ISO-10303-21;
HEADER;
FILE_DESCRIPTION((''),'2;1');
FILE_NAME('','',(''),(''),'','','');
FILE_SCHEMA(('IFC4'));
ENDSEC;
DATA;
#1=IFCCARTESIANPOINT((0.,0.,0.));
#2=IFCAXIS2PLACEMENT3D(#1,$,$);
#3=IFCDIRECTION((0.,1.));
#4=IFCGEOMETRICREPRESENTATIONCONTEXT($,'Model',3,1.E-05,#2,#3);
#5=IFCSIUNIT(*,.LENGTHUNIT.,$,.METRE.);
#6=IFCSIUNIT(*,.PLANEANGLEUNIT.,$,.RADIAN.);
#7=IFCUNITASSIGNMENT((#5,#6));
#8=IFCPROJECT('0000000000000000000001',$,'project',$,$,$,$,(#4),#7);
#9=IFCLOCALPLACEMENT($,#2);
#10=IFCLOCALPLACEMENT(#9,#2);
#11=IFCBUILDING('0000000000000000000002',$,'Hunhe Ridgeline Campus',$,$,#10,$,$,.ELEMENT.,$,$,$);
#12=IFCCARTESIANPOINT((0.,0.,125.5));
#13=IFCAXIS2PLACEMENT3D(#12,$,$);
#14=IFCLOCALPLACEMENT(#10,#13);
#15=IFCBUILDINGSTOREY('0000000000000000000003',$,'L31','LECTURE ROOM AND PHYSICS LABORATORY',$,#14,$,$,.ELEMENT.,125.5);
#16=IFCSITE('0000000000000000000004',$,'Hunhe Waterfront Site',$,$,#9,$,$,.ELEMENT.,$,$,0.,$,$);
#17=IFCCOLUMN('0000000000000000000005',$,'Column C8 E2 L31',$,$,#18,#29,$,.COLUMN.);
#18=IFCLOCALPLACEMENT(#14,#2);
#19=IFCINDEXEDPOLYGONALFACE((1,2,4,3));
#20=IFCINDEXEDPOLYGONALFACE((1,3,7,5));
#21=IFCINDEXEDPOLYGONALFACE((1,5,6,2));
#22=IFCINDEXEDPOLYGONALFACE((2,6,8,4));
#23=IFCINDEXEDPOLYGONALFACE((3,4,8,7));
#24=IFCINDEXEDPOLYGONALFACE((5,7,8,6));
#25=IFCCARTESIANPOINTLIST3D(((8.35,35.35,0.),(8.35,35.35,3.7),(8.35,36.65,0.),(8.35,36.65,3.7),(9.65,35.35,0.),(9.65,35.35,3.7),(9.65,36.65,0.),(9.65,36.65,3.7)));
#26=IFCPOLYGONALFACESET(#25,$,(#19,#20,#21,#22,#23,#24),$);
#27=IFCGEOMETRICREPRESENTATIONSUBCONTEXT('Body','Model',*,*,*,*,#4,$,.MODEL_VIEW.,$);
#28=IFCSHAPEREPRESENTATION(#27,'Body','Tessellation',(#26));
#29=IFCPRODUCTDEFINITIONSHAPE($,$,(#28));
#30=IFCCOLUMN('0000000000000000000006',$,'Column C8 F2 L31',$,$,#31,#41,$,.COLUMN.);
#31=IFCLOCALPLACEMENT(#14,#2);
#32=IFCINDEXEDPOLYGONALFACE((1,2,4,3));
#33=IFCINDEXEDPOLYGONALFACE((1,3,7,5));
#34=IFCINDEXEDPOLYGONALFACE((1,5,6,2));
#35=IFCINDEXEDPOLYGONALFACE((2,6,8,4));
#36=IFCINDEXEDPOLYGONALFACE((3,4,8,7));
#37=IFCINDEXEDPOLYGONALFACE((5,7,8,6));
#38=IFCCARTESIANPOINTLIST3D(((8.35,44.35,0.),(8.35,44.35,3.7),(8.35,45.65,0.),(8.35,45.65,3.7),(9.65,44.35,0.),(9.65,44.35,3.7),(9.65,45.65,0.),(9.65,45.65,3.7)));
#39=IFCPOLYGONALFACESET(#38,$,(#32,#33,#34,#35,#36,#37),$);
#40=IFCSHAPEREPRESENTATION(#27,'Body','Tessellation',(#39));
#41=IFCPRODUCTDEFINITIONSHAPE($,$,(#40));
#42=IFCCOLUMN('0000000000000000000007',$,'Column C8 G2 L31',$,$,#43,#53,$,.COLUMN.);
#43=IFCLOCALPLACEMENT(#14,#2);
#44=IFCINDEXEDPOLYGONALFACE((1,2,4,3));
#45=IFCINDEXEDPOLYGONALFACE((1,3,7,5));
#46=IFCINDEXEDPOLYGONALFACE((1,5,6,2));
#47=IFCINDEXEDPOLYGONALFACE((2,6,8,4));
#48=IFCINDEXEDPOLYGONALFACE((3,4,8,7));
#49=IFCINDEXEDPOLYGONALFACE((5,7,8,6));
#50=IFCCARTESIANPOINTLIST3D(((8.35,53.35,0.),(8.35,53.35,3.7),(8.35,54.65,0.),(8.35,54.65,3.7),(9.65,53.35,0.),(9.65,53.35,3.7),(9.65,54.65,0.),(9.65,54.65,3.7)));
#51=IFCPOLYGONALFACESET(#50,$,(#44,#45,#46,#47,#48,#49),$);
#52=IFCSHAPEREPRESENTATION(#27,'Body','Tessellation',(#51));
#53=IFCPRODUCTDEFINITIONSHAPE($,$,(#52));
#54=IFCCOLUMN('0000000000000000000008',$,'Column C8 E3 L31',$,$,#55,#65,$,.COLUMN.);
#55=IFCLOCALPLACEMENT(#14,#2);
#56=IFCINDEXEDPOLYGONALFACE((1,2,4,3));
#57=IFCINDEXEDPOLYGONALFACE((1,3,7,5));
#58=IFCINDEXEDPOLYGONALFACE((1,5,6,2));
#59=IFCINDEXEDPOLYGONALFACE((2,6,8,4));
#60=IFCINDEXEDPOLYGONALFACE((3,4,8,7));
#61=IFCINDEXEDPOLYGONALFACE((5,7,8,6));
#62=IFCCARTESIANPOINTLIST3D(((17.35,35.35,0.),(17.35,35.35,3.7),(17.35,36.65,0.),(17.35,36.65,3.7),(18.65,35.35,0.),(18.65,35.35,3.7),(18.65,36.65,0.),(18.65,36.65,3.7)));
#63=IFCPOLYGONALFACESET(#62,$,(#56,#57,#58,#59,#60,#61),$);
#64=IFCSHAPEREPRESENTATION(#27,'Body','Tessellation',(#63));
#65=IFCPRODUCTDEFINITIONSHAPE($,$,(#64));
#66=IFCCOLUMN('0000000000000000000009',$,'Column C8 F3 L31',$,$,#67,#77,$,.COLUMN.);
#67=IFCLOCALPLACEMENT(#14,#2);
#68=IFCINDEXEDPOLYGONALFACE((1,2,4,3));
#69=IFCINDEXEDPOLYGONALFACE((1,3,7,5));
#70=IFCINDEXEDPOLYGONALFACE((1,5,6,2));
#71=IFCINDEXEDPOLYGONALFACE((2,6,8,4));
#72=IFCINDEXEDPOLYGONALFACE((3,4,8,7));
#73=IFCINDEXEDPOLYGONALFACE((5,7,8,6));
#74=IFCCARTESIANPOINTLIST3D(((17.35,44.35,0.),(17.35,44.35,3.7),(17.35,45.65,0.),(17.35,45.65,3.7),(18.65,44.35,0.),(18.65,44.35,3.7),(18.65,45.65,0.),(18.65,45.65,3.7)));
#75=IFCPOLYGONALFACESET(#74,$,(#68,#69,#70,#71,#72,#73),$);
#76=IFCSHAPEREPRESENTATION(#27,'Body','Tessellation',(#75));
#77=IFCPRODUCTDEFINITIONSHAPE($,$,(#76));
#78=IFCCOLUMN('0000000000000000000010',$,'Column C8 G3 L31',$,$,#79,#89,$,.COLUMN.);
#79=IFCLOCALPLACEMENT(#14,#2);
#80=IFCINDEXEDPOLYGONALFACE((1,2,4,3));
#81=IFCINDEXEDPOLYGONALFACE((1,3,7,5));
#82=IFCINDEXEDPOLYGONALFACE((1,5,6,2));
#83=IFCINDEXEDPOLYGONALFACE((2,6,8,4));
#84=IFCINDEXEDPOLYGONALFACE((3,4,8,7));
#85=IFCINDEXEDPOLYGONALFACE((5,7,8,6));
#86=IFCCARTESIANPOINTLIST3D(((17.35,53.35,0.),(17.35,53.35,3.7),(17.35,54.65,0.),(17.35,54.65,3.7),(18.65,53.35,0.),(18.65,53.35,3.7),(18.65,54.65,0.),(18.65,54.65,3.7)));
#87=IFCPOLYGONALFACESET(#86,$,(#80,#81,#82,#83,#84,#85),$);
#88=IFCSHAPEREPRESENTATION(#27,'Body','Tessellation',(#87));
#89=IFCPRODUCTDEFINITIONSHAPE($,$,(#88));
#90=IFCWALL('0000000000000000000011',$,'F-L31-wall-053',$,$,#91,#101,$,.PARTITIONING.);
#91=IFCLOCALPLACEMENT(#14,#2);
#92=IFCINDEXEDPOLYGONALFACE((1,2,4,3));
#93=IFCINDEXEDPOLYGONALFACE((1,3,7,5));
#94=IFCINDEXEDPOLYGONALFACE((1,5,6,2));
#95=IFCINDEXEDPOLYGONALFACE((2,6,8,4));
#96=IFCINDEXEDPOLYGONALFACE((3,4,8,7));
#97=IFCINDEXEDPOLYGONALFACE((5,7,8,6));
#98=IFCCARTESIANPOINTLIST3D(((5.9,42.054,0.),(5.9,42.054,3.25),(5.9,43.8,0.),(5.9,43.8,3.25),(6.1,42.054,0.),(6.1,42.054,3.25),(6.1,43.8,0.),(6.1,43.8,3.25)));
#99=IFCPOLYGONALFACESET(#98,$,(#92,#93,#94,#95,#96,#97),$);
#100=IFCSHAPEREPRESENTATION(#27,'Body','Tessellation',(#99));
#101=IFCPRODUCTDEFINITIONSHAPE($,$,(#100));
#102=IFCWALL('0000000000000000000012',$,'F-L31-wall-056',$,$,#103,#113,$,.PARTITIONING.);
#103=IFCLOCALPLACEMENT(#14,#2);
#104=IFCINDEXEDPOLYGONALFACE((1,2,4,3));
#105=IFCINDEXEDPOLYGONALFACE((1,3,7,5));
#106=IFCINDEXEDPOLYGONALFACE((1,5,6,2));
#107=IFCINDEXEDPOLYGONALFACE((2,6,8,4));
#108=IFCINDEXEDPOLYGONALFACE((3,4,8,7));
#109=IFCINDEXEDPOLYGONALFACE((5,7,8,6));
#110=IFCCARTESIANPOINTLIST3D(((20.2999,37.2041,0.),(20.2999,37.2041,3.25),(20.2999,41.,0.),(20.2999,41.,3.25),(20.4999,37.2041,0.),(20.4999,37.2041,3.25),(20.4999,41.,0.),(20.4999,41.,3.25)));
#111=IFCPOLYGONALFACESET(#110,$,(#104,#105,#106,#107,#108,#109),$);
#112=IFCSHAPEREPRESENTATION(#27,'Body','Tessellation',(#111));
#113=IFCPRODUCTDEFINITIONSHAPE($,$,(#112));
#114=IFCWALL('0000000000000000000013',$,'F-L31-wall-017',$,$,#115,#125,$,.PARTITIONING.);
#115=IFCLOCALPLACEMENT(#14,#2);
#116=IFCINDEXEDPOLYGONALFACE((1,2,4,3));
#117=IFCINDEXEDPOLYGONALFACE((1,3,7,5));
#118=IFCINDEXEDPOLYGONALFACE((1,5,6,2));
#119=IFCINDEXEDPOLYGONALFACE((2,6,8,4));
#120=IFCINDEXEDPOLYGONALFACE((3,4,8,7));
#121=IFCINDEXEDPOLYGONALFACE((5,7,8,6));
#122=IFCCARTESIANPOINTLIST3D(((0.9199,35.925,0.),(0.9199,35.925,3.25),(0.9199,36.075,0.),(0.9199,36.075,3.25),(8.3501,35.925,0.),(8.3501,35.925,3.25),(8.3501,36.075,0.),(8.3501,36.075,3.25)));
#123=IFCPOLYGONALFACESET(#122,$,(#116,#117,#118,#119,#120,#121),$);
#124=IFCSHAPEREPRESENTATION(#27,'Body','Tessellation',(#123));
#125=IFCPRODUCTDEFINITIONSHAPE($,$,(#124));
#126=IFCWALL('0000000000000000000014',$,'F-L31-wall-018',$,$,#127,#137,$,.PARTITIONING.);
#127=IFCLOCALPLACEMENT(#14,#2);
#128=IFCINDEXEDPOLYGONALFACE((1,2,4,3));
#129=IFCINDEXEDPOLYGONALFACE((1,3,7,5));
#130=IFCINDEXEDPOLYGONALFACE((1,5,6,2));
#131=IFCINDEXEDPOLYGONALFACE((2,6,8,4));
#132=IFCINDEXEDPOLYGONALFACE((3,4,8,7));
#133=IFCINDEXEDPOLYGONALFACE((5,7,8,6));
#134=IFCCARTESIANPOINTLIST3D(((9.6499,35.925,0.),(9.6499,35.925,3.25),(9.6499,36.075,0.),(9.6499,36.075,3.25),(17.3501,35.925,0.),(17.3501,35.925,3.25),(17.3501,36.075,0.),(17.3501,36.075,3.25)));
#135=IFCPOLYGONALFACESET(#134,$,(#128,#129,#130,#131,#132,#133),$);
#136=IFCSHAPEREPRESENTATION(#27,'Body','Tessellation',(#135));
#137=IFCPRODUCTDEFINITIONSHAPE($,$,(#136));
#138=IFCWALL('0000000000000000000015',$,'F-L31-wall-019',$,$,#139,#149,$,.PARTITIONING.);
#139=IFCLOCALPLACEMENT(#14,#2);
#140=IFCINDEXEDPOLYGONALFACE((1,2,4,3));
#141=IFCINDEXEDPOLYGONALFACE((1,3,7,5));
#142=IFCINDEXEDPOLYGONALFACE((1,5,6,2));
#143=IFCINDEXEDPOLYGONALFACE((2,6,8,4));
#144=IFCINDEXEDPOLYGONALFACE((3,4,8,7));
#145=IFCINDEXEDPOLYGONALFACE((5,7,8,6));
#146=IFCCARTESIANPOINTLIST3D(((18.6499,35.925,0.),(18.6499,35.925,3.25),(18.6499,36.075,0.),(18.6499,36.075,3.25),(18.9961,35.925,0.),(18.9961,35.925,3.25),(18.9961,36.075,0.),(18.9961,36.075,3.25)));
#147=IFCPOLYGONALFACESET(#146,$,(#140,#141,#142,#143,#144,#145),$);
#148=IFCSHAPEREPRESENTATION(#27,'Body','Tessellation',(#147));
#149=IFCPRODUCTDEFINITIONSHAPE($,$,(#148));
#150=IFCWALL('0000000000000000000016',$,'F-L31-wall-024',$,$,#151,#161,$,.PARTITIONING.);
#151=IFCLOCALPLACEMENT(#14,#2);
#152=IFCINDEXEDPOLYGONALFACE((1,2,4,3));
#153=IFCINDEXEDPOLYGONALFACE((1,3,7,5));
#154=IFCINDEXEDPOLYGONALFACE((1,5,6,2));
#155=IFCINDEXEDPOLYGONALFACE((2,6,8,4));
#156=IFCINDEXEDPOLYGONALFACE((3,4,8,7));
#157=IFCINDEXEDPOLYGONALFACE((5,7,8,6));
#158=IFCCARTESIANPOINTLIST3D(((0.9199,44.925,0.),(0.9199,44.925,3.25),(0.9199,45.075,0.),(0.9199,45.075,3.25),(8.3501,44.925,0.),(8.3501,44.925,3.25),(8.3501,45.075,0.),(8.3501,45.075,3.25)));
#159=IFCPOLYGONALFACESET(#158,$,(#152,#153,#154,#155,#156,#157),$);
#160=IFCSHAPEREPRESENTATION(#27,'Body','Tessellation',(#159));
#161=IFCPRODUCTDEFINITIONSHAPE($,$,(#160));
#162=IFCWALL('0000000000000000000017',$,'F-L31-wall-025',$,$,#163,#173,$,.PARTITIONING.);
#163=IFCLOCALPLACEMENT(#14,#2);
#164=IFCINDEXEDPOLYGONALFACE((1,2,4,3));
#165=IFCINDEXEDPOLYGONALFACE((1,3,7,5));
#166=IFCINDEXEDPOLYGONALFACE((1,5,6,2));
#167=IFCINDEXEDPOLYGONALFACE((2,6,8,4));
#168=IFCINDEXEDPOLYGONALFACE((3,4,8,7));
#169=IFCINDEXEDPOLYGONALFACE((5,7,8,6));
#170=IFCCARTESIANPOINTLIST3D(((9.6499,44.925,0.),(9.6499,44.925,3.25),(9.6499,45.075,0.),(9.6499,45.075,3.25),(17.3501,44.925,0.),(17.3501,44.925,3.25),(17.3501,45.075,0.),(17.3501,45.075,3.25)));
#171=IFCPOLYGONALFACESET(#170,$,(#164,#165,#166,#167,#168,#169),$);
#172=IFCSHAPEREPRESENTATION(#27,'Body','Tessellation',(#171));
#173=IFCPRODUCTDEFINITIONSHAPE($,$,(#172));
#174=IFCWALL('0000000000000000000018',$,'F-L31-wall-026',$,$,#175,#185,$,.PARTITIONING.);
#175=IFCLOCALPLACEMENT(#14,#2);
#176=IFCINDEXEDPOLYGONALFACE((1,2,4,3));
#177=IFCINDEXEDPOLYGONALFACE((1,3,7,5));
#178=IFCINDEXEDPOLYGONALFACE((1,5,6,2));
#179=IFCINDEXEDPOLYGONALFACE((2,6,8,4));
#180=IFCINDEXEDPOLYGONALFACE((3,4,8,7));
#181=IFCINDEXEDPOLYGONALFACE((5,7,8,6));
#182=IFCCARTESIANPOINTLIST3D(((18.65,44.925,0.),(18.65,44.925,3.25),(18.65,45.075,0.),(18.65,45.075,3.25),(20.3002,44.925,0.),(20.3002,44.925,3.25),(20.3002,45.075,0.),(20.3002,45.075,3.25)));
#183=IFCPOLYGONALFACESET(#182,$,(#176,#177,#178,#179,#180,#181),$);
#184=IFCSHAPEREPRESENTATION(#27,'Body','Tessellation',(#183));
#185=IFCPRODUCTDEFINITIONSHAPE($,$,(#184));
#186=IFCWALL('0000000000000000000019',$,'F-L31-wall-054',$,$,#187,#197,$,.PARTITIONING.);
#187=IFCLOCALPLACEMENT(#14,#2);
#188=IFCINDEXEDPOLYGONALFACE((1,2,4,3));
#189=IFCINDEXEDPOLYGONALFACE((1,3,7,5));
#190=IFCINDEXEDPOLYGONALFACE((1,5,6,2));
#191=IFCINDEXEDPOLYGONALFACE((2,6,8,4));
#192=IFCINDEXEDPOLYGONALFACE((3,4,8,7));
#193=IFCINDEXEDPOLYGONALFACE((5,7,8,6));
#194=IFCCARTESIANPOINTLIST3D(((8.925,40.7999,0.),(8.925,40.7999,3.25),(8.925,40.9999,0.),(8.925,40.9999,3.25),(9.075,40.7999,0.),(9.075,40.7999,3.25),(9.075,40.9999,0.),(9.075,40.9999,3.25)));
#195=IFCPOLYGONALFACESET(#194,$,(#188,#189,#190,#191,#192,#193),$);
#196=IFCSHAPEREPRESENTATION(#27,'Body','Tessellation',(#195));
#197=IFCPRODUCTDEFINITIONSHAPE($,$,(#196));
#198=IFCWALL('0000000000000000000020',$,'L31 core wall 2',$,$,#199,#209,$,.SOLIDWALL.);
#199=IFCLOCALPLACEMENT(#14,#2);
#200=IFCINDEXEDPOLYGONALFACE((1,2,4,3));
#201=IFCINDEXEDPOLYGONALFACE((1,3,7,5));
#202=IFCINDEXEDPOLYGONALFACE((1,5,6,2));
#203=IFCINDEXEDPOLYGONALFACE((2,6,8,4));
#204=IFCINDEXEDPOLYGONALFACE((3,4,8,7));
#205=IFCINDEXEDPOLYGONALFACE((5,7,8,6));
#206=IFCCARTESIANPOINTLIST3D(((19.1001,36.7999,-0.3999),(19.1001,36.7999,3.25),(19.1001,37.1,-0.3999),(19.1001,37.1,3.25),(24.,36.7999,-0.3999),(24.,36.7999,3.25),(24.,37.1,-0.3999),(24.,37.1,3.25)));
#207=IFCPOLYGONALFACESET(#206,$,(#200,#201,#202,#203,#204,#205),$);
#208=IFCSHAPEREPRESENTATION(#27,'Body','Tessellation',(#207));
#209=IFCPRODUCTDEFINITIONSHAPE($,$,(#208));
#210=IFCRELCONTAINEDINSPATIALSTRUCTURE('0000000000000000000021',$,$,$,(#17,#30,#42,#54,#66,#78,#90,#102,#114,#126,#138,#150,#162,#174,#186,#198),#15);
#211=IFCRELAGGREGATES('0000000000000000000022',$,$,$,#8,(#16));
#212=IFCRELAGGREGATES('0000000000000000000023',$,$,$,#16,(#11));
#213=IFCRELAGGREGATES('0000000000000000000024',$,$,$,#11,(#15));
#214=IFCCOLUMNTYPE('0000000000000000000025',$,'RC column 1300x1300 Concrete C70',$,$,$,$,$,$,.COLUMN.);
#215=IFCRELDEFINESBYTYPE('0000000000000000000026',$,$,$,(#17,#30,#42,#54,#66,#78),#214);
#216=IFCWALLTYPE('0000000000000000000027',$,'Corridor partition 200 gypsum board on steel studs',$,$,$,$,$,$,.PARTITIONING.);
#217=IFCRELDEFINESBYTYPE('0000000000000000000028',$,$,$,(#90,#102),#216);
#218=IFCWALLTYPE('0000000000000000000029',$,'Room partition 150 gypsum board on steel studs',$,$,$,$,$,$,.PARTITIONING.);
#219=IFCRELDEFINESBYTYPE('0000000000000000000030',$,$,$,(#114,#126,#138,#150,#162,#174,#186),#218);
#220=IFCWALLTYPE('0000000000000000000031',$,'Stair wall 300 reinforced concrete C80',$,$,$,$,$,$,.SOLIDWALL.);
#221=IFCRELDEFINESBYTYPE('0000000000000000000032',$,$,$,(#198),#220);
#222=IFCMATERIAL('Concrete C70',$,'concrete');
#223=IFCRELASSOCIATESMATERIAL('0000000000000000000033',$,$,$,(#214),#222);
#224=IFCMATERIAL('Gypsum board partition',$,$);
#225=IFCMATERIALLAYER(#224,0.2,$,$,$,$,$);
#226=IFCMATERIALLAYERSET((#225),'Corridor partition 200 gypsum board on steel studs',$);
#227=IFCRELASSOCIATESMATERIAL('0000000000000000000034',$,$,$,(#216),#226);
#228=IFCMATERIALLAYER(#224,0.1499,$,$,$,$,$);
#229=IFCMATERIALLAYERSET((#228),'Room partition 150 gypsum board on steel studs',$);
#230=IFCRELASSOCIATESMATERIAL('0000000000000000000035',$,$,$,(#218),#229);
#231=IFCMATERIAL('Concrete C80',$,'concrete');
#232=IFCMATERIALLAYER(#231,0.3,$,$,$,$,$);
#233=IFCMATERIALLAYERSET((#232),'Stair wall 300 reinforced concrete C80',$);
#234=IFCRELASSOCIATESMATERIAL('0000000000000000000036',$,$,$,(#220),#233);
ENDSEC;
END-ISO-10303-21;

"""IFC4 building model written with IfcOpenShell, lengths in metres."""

from ifc_helpers import new_model, si_unit, direction, frame, frame_2d, origin, origin_2d, place, context, subcontext, project, spatial, rectangle, extrude, material, layer, layer_set, material_profile, profile_set, type_object, element, save


model = new_model("IFC4")

# Units and contexts
model_context = context("Model", 3, precision=1e-05, world=origin(), true_north=direction((0.0, 1.0)))
body_context = subcontext(model_context, "Body", "Model", "MODEL_VIEW")
ifc_project = project(units=[si_unit("LENGTHUNIT", "METRE"), si_unit("PLANEANGLEUNIT", "RADIAN")], contexts=[model_context])

# Site, building, storey
site_placement = place(None, origin())
site = spatial("IfcSite", under=ifc_project, at=site_placement, Name="Hunhe Waterfront Site", CompositionType="ELEMENT", RefElevation=0.0)
building_placement = place(site_placement, origin())
building = spatial("IfcBuilding", under=site, at=building_placement, Name="Hunhe Ridgeline Campus", CompositionType="ELEMENT")
storey_placement = place(building_placement, frame((0.0, 0.0, 125.5)))
storey = spatial("IfcBuildingStorey", under=building, at=storey_placement, Name="L31", Description="LECTURE ROOM AND PHYSICS LABORATORY", CompositionType="ELEMENT", Elevation=125.5)

# Columns
ifc_material_1 = material(Name="Concrete C70", Category="concrete")
ifc_material_profile = material_profile(ifc_material_1, rectangle(XDim=1.3, YDim=1.3, at=origin_2d()))
ifc_profile_set = profile_set([ifc_material_profile], Name="Concrete C70")
column_type = type_object("IfcColumnType", Name="RC column 1300x1300 Concrete C70", PredefinedType="COLUMN", material=ifc_profile_set)
for number, where, z_axis, x_axis, name in (
    (1, (9.0, 36.0, 0.0), (0.0, 0.0, 1.0), (1.0, 0.0, 0.0), "Column C8 E2 L31"),
    (2, (9.0, 45.0, 0.0), (0.0, 0.0, 1.0), (1.0, 0.0, 0.0), "Column C8 F2 L31"),
    (3, (9.0, 54.0, 0.0), (0.0, 0.0, 1.0), (1.0, 0.0, 0.0), "Column C8 G2 L31"),
    (4, (18.0, 36.0, 0.0), (0.0, 0.0, 1.0), (1.0, 0.0, 0.0), "Column C8 E3 L31"),
    (5, (18.0, 45.0, 0.0), (0.0, 0.0, 1.0), (1.0, 0.0, 0.0), "Column C8 F3 L31"),
    (6, (18.0, 54.0, 0.0), (0.0, 0.0, 1.0), (1.0, 0.0, 0.0), "Column C8 G3 L31"),
):
    element("IfcColumn", number, at=place(storey_placement, frame(where, z_axis=z_axis, x_axis=x_axis)), inside=storey, type_object=column_type, Name=name, PredefinedType="COLUMN", context=body_context, shape_type="SweptSolid", body=[
        extrude(rectangle(XDim=1.3, YDim=1.3, at=origin_2d()), origin(), (0.0, 0.0, 1.0), 3.7),
    ])

# Shared definitions
ifc_material_2 = material(Name="Gypsum board partition")
ifc_layer_1 = layer(ifc_material_2, 0.2)
ifc_layer_set_1 = layer_set([ifc_layer_1], Name="Corridor partition 200 gypsum board on steel studs")
wall_type_1 = type_object("IfcWallType", Name="Corridor partition 200 gypsum board on steel studs", PredefinedType="PARTITIONING", material=ifc_layer_set_1)

# Walls
wall_1_placement = place(storey_placement, frame((6.0, 42.054, 0.0), z_axis=(0.0, 0.0, 1.0), x_axis=(0.0, 1.0, 0.0)))
element("IfcWall", 7, at=wall_1_placement, inside=storey, type_object=wall_type_1, Name="F-L31-wall-053", PredefinedType="PARTITIONING", context=body_context, shape_type="SweptSolid", body=[
    extrude(rectangle(XDim=1.7461, YDim=0.2, at=frame_2d((0.873, 0.0))), origin(), (0.0, 0.0, 1.0), 3.25),
])
wall_2_placement = place(storey_placement, frame((20.3999, 37.2041, 0.0), z_axis=(0.0, 0.0, 1.0), x_axis=(0.0, 1.0, 0.0)))
element("IfcWall", 8, at=wall_2_placement, inside=storey, type_object=wall_type_1, Name="F-L31-wall-056", PredefinedType="PARTITIONING", context=body_context, shape_type="SweptSolid", body=[
    extrude(rectangle(XDim=3.7959, YDim=0.2, at=frame_2d((1.8979, 0.0))), origin(), (0.0, 0.0, 1.0), 3.25),
])

# Walls
ifc_layer_2 = layer(ifc_material_2, 0.1499)
ifc_layer_set_2 = layer_set([ifc_layer_2], Name="Room partition 150 gypsum board on steel studs")
wall_type_2 = type_object("IfcWallType", Name="Room partition 150 gypsum board on steel studs", PredefinedType="PARTITIONING", material=ifc_layer_set_2)
wall_3_placement = place(storey_placement, frame((0.9199, 36.0, 0.0), z_axis=(0.0, 0.0, 1.0), x_axis=(1.0, 0.0, 0.0)))
element("IfcWall", 9, at=wall_3_placement, inside=storey, type_object=wall_type_2, Name="F-L31-wall-017", PredefinedType="PARTITIONING", context=body_context, shape_type="SweptSolid", body=[
    extrude(rectangle(XDim=7.4302, YDim=0.1499, at=frame_2d((3.7151, 0.0))), origin(), (0.0, 0.0, 1.0), 3.25),
])
wall_4_placement = place(storey_placement, frame((9.6499, 36.0, 0.0), z_axis=(0.0, 0.0, 1.0), x_axis=(1.0, 0.0, 0.0)))
element("IfcWall", 10, at=wall_4_placement, inside=storey, type_object=wall_type_2, Name="F-L31-wall-018", PredefinedType="PARTITIONING", context=body_context, shape_type="SweptSolid", body=[
    extrude(rectangle(XDim=7.7002, YDim=0.1499, at=frame_2d((3.8501, 0.0))), origin(), (0.0, 0.0, 1.0), 3.25),
])
wall_5_placement = place(storey_placement, frame((18.6499, 36.0, 0.0), z_axis=(0.0, 0.0, 1.0), x_axis=(1.0, 0.0, 0.0)))
element("IfcWall", 11, at=wall_5_placement, inside=storey, type_object=wall_type_2, Name="F-L31-wall-019", PredefinedType="PARTITIONING", context=body_context, shape_type="SweptSolid", body=[
    extrude(rectangle(XDim=0.3462, YDim=0.1499, at=frame_2d((0.1731, 0.0))), origin(), (0.0, 0.0, 1.0), 3.25),
])
wall_6_placement = place(storey_placement, frame((0.9199, 45.0, 0.0), z_axis=(0.0, 0.0, 1.0), x_axis=(1.0, 0.0, 0.0)))
element("IfcWall", 12, at=wall_6_placement, inside=storey, type_object=wall_type_2, Name="F-L31-wall-024", PredefinedType="PARTITIONING", context=body_context, shape_type="SweptSolid", body=[
    extrude(rectangle(XDim=7.4302, YDim=0.1499, at=frame_2d((3.7151, 0.0))), origin(), (0.0, 0.0, 1.0), 3.25),
])
wall_7_placement = place(storey_placement, frame((9.6499, 45.0, 0.0), z_axis=(0.0, 0.0, 1.0), x_axis=(1.0, 0.0, 0.0)))
element("IfcWall", 13, at=wall_7_placement, inside=storey, type_object=wall_type_2, Name="F-L31-wall-025", PredefinedType="PARTITIONING", context=body_context, shape_type="SweptSolid", body=[
    extrude(rectangle(XDim=7.7002, YDim=0.1499, at=frame_2d((3.8501, 0.0))), origin(), (0.0, 0.0, 1.0), 3.25),
])
wall_8_placement = place(storey_placement, frame((18.6499, 45.0, 0.0), z_axis=(0.0, 0.0, 1.0), x_axis=(1.0, 0.0, 0.0)))
element("IfcWall", 14, at=wall_8_placement, inside=storey, type_object=wall_type_2, Name="F-L31-wall-026", PredefinedType="PARTITIONING", context=body_context, shape_type="SweptSolid", body=[
    extrude(rectangle(XDim=1.6501, YDim=0.1499, at=frame_2d((0.8252, 0.0))), origin(), (0.0, 0.0, 1.0), 3.25),
])
wall_9_placement = place(storey_placement, frame((9.0, 41.0, 0.0), z_axis=(0.0, 0.0, 1.0), x_axis=(0.0, -1.0, 0.0)))
element("IfcWall", 15, at=wall_9_placement, inside=storey, type_object=wall_type_2, Name="F-L31-wall-054", PredefinedType="PARTITIONING", context=body_context, shape_type="SweptSolid", body=[
    extrude(rectangle(XDim=0.2, YDim=0.1499, at=frame_2d((0.1001, 0.0))), origin(), (0.0, 0.0, 1.0), 3.25),
])
ifc_material_3 = material(Name="Concrete C80", Category="concrete")
ifc_layer_3 = layer(ifc_material_3, 0.3)
ifc_layer_set_3 = layer_set([ifc_layer_3], Name="Stair wall 300 reinforced concrete C80")
wall_type_3 = type_object("IfcWallType", Name="Stair wall 300 reinforced concrete C80", PredefinedType="SOLIDWALL", material=ifc_layer_set_3)
wall_10_placement = place(storey_placement, frame((19.1001, 36.95, -0.3999), z_axis=(0.0, 0.0, 1.0), x_axis=(1.0, 0.0, 0.0)))
element("IfcWall", 16, at=wall_10_placement, inside=storey, type_object=wall_type_3, Name="L31 core wall 2", PredefinedType="SOLIDWALL", context=body_context, shape_type="SweptSolid", body=[
    extrude(rectangle(XDim=4.8999, YDim=0.3, at=frame_2d((2.45, 0.0))), origin(), (0.0, 0.0, 1.0), 3.6499),
])

save(model, "model.ifc")
